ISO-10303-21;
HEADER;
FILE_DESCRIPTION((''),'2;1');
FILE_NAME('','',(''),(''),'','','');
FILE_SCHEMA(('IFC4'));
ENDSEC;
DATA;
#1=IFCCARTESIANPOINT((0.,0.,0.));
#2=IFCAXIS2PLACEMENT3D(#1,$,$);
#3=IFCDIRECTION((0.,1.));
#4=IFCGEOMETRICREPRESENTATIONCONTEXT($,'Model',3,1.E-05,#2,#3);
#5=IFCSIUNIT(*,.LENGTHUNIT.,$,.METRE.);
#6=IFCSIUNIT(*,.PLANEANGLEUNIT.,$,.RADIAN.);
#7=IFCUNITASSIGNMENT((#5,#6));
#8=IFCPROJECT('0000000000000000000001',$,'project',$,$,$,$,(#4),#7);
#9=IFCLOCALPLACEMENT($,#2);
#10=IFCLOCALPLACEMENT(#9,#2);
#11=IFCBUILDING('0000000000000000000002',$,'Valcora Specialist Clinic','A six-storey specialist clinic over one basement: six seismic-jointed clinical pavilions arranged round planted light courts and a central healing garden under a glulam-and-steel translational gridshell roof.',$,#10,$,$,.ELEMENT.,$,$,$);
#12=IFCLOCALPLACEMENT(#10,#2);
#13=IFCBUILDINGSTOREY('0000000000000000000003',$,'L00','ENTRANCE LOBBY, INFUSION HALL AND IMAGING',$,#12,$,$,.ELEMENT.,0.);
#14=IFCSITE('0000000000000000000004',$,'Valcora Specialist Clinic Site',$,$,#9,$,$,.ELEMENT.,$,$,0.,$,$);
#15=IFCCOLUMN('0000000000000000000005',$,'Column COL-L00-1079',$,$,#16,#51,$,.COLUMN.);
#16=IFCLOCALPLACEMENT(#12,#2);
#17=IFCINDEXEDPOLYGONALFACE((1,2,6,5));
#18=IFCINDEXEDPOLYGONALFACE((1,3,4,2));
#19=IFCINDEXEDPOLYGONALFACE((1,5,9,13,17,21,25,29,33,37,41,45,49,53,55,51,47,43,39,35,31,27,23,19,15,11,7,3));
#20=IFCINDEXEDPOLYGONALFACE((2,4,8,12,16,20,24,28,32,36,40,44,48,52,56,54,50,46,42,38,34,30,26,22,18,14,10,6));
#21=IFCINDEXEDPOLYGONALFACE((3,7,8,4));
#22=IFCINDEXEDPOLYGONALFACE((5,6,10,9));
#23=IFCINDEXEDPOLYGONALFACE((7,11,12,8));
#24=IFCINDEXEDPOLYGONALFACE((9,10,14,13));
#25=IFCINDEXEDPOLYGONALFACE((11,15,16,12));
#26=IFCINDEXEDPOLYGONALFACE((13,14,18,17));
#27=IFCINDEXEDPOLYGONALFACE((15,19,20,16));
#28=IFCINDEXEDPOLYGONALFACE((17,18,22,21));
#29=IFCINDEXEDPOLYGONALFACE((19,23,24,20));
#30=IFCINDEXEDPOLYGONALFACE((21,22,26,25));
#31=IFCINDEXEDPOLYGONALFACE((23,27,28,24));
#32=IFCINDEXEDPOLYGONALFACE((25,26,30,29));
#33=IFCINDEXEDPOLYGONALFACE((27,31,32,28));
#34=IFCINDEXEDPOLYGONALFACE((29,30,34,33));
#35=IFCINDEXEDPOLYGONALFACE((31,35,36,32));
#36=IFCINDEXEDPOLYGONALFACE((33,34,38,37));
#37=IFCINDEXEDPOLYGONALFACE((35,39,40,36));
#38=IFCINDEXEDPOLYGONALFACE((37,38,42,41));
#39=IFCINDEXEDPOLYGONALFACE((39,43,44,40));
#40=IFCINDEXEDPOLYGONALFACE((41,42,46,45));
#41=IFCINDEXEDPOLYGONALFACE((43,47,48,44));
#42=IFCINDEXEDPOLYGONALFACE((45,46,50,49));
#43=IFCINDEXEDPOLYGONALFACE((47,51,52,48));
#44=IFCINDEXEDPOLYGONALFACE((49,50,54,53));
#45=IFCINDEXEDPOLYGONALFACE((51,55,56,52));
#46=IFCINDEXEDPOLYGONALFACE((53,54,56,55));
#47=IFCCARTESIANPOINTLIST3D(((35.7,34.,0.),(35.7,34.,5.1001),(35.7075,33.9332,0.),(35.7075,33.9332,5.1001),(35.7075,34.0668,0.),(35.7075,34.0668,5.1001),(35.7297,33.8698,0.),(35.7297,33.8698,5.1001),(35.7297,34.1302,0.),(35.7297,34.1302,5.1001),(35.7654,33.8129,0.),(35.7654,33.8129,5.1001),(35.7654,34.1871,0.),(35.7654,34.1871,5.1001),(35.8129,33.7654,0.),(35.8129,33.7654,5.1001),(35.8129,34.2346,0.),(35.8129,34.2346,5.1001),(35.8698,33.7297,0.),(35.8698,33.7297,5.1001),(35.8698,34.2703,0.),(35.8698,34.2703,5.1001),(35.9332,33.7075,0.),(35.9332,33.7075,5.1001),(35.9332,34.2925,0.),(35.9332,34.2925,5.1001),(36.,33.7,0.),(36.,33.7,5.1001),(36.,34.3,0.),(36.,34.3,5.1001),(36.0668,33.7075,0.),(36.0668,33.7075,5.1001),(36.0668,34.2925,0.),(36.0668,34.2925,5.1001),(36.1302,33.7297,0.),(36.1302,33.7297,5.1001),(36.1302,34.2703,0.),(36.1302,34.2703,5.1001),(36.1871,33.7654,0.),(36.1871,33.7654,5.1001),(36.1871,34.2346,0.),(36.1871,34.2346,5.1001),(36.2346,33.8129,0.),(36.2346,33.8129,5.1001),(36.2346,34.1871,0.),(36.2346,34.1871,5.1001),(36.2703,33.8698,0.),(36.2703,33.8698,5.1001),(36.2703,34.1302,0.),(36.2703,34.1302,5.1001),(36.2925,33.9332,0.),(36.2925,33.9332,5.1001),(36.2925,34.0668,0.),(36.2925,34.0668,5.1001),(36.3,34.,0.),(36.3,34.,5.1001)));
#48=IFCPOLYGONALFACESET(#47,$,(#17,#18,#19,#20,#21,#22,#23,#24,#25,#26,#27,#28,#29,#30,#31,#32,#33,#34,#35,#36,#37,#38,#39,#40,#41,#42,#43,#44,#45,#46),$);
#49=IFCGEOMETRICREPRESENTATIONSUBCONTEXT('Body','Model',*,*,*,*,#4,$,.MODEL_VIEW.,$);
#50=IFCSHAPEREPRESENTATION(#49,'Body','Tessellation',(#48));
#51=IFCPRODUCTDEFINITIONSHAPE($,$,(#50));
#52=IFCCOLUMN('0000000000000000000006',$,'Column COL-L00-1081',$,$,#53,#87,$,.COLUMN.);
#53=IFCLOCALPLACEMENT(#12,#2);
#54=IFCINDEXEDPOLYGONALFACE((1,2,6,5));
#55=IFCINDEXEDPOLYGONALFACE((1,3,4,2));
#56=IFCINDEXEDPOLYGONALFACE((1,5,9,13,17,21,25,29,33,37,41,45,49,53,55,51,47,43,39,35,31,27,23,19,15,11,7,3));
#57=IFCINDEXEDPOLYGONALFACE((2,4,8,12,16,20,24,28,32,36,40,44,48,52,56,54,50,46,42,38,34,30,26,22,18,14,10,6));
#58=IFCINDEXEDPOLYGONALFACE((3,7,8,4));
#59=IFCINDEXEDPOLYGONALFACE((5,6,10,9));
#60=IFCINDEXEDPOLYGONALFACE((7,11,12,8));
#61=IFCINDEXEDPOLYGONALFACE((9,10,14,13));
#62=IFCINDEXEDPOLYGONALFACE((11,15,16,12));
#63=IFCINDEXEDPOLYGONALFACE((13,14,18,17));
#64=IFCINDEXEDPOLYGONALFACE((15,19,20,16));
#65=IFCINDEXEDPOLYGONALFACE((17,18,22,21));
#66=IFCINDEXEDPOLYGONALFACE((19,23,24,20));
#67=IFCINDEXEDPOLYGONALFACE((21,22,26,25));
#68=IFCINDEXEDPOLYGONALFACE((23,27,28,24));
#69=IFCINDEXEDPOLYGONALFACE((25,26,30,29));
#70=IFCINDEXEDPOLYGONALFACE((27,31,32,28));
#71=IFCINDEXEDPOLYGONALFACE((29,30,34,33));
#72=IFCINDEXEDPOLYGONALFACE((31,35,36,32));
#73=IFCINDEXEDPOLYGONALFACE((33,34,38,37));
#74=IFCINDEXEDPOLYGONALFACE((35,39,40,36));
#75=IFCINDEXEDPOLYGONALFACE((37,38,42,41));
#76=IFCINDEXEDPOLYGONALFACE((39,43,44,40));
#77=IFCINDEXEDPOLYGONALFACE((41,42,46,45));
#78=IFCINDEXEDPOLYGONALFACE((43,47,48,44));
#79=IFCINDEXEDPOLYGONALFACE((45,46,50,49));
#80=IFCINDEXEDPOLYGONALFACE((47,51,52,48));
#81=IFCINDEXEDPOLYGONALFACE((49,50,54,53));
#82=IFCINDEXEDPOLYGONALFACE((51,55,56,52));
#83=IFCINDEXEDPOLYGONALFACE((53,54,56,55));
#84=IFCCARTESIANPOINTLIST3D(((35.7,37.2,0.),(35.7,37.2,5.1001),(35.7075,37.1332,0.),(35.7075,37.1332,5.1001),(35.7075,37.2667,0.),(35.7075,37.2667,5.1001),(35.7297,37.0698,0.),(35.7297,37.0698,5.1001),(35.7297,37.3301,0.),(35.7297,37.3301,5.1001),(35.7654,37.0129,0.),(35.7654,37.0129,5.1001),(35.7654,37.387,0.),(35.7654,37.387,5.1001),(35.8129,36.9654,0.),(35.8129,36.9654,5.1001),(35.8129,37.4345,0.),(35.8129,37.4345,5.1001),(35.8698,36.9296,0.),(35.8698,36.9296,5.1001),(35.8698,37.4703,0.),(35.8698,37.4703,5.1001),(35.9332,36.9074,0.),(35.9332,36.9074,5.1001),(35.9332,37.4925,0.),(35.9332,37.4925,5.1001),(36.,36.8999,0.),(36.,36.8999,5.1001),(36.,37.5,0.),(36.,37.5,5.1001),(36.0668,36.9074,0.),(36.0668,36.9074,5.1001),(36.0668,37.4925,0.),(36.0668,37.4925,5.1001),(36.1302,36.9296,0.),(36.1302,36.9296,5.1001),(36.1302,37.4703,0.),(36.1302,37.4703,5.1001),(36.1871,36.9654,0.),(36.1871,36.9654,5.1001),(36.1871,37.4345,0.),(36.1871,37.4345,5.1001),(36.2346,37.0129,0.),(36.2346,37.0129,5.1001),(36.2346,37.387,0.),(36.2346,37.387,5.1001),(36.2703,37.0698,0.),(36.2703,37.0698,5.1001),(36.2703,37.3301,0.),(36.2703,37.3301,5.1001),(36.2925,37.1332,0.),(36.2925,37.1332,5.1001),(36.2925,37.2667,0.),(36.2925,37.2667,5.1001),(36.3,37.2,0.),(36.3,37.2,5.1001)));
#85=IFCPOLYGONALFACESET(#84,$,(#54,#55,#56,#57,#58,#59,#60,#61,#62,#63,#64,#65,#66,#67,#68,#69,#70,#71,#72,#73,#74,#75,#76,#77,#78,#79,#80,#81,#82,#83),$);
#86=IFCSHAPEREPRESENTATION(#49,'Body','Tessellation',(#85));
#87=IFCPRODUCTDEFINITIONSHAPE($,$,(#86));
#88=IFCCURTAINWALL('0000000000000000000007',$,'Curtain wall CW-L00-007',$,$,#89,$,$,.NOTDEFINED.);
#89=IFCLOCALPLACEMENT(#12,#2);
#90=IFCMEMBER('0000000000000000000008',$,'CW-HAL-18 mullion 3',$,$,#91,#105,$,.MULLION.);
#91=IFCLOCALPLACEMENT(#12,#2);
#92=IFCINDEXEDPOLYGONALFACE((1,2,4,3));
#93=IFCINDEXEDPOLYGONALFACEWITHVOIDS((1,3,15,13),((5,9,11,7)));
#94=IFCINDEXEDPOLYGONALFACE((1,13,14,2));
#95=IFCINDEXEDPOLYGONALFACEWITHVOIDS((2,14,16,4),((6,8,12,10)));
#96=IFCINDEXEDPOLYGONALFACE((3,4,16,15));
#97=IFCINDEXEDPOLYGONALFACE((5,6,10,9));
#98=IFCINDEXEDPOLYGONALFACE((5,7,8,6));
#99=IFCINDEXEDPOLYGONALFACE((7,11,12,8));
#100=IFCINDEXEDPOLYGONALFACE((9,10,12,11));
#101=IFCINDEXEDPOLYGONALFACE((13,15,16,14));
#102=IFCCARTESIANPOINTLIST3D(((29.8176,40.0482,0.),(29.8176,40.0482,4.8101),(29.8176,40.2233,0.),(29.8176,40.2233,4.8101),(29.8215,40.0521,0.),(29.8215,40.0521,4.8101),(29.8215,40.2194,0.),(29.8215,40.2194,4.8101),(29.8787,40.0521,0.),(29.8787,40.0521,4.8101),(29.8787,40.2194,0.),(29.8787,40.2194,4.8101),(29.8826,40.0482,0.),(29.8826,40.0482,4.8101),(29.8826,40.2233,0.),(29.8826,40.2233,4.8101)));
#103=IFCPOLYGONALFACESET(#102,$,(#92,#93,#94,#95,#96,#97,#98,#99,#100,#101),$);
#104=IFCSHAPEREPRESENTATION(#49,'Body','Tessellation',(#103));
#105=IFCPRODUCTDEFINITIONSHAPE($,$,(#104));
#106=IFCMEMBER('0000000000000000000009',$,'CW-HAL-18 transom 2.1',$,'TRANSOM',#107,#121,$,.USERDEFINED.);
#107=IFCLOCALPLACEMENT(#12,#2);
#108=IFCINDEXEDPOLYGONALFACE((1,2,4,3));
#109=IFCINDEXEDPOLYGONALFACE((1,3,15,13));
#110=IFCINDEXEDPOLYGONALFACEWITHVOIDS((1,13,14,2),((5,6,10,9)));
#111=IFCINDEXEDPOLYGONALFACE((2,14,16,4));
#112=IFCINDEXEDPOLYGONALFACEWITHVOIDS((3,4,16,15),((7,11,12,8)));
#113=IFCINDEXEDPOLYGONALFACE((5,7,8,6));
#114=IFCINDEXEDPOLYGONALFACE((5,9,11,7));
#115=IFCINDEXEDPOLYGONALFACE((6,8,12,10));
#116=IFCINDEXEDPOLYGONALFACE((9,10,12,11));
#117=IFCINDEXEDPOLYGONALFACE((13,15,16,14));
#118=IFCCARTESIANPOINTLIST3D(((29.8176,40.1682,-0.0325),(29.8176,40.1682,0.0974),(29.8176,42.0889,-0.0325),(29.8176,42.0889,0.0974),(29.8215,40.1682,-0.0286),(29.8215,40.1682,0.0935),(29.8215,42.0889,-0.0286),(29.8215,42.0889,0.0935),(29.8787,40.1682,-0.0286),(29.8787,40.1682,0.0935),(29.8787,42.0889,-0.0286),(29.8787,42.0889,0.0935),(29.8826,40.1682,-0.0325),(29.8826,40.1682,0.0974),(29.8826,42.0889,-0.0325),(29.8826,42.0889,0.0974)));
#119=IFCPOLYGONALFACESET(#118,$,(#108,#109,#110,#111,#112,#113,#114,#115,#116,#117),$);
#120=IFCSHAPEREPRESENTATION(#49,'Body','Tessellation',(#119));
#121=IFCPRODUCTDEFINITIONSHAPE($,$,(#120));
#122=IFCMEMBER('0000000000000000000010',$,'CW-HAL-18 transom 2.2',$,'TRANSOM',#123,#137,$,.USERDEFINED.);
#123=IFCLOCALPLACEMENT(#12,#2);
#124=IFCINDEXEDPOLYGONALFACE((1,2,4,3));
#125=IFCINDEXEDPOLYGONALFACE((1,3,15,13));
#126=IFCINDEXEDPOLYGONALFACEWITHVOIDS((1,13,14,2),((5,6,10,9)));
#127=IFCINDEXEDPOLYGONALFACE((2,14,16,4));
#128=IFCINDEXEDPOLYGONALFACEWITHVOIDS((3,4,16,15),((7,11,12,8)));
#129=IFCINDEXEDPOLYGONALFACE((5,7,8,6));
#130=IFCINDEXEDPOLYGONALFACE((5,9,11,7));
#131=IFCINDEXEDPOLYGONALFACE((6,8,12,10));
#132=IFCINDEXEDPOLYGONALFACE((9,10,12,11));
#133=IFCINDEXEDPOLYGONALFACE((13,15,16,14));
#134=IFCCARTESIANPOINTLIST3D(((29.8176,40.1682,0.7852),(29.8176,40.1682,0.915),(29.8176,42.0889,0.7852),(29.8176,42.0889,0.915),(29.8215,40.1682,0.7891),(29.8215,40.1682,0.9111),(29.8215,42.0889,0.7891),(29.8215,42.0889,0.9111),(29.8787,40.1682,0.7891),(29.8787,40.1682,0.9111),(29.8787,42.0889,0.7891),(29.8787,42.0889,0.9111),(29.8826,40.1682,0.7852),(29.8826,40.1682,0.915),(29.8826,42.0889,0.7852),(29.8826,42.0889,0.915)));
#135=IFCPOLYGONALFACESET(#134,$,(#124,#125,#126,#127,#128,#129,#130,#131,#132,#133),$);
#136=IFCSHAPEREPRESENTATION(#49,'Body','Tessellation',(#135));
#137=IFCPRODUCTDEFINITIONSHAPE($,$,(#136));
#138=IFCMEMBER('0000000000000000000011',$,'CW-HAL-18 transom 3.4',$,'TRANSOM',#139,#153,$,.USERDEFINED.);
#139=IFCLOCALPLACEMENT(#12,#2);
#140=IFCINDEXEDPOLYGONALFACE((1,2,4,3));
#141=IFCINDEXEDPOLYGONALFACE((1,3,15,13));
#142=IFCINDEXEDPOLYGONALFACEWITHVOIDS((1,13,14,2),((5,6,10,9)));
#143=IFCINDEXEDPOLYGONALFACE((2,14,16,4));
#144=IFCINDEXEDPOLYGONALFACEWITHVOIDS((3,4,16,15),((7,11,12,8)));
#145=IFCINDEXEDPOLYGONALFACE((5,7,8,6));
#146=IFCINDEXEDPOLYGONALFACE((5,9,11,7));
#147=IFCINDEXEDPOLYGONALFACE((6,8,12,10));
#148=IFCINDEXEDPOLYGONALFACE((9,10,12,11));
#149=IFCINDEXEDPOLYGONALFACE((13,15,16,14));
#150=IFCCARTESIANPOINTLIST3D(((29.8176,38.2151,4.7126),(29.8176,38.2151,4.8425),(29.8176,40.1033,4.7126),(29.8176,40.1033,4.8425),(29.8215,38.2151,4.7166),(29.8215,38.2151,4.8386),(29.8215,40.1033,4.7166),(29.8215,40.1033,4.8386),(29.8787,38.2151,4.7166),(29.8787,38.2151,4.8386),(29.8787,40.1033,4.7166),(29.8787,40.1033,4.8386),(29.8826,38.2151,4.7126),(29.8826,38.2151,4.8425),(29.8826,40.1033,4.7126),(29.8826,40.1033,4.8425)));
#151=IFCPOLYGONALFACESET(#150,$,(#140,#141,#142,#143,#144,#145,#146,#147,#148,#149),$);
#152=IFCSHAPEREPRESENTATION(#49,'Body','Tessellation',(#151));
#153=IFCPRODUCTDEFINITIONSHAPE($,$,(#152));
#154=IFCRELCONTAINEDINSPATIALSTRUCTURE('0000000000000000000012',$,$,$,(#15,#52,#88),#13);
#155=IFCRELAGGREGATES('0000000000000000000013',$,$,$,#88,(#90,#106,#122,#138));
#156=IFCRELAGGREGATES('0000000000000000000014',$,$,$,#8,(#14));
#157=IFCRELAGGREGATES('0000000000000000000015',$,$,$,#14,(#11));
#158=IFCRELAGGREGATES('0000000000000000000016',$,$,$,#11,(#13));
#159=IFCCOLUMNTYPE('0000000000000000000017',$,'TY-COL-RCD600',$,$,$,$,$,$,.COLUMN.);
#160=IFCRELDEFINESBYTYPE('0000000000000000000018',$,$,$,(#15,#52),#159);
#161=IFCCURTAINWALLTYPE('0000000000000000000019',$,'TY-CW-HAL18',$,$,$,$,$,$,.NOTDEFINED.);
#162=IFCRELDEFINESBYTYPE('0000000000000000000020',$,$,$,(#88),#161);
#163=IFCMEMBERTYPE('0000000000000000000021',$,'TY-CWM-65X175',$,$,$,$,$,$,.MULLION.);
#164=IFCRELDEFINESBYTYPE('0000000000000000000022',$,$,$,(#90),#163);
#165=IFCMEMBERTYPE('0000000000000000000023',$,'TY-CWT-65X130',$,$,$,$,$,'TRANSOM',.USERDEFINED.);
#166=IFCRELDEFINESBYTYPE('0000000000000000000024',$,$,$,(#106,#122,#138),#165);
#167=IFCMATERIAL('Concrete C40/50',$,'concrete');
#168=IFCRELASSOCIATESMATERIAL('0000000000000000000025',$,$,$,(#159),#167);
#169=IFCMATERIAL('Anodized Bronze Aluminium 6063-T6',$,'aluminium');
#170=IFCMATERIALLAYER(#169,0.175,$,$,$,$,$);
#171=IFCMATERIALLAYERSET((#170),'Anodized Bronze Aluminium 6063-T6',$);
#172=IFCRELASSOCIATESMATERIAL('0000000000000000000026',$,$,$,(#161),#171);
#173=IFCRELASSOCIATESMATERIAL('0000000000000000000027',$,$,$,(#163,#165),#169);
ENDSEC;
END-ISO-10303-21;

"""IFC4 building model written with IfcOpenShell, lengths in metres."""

from ifc_helpers import new_model, si_unit, direction, frame, origin, origin_2d, place, context, subcontext, project, spatial, hollow_rectangle, circle, extrude, material, layer, layer_set, material_profile, profile_set, type_object, element, aggregate, save


model = new_model("IFC4")

# Units and contexts
model_context = context("Model", 3, precision=1e-05, world=origin(), true_north=direction((0.0, 1.0)))
body_context = subcontext(model_context, "Body", "Model", "MODEL_VIEW")
ifc_project = project(units=[si_unit("LENGTHUNIT", "METRE"), si_unit("PLANEANGLEUNIT", "RADIAN")], contexts=[model_context])

# Site, building, storey
site_placement = place(None, origin())
site = spatial("IfcSite", under=ifc_project, at=site_placement, Name="Valcora Specialist Clinic Site", CompositionType="ELEMENT", RefElevation=0.0)
building_placement = place(site_placement, origin())
building = spatial("IfcBuilding", under=site, at=building_placement, Name="Valcora Specialist Clinic", Description="A six-storey specialist clinic over one basement: six seismic-jointed clinical pavilions arranged round planted light courts and a central healing garden under a glulam-and-steel translational gridshell roof.", CompositionType="ELEMENT")
storey_placement = place(building_placement, origin())
storey = spatial("IfcBuildingStorey", under=building, at=storey_placement, Name="L00", Description="ENTRANCE LOBBY, INFUSION HALL AND IMAGING", CompositionType="ELEMENT", Elevation=0.0)

# Columns
ifc_material_1 = material(Name="Concrete C40/50", Category="concrete")
ifc_material_profile_1 = material_profile(ifc_material_1, circle(Radius=0.3, at=origin_2d()), Name="RC-COL-D600")
ifc_profile_set_1 = profile_set([ifc_material_profile_1], Name="Concrete C40/50")
column_type = type_object("IfcColumnType", Name="TY-COL-RCD600", PredefinedType="COLUMN", material=ifc_profile_set_1)
for number, where, z_axis, x_axis, name in (
    (1, (36.0, 34.0, 0.0), (0.0, 0.0, 1.0), (1.0, 0.0, 0.0), "Column COL-L00-1079"),
    (2, (36.0, 37.2, 0.0), (0.0, 0.0, 1.0), (1.0, 0.0, 0.0), "Column COL-L00-1081"),
):
    element("IfcColumn", number, at=place(storey_placement, frame(where, z_axis=z_axis, x_axis=x_axis)), inside=storey, type_object=column_type, Name=name, PredefinedType="COLUMN", context=body_context, shape_type="SweptSolid", body=[
        extrude(circle(Radius=0.3, at=origin_2d()), origin(), (0.0, 0.0, 1.0), 5.1001),
    ])

# Curtain wall, members
ifc_material_2 = material(Name="Anodized Bronze Aluminium 6063-T6", Category="aluminium")
ifc_layer_1 = layer(ifc_material_2, 0.175)
ifc_layer_set_1 = layer_set([ifc_layer_1], Name="Anodized Bronze Aluminium 6063-T6")
curtain_wall_type = type_object("IfcCurtainWallType", Name="TY-CW-HAL18", PredefinedType="NOTDEFINED", material=ifc_layer_set_1)
curtain_wall_placement = place(storey_placement, origin())
curtain_wall = element("IfcCurtainWall", 3, at=curtain_wall_placement, inside=storey, type_object=curtain_wall_type, Name="Curtain wall CW-L00-007", PredefinedType="NOTDEFINED")
ifc_material_profile_2 = material_profile(ifc_material_2, hollow_rectangle(XDim=0.0649, YDim=0.175, WallThickness=0.0039, at=origin_2d()), Name="AL-MUL-65X175")
ifc_profile_set_2 = profile_set([ifc_material_profile_2], Name="Anodized Bronze Aluminium 6063-T6")
member_type_1 = type_object("IfcMemberType", Name="TY-CWM-65X175", PredefinedType="MULLION", material=ifc_profile_set_2)
member_1_placement = place(storey_placement, frame((29.8501, 40.1357, 0.0), z_axis=(0.0, 0.0, 1.0), x_axis=(1.0, 0.0, 0.0)))
member_1 = element("IfcMember", 4, at=member_1_placement, type_object=member_type_1, Name="CW-HAL-18 mullion 3", PredefinedType="MULLION", context=body_context, shape_type="SweptSolid", body=[
    extrude(hollow_rectangle(XDim=0.0649, YDim=0.175, WallThickness=0.0039, at=origin_2d()), origin(), (0.0, 0.0, 1.0), 4.8101),
])
ifc_material_profile_3 = material_profile(ifc_material_2, hollow_rectangle(XDim=0.0649, YDim=0.1299, WallThickness=0.0039, at=origin_2d()), Name="AL-TRN-65X130")
ifc_profile_set_3 = profile_set([ifc_material_profile_3], Name="Anodized Bronze Aluminium 6063-T6")
member_type_2 = type_object("IfcMemberType", Name="TY-CWT-65X130", ElementType="TRANSOM", PredefinedType="USERDEFINED", material=ifc_profile_set_3)
member_2_placement = place(storey_placement, frame((29.8501, 42.0889, 0.0325), z_axis=(0.0, -1.0, 0.0), x_axis=(1.0, 0.0, 0.0)))
member_2 = element("IfcMember", 5, at=member_2_placement, type_object=member_type_2, Name="CW-HAL-18 transom 2.1", ObjectType="TRANSOM", PredefinedType="USERDEFINED", context=body_context, shape_type="SweptSolid", body=[
    extrude(hollow_rectangle(XDim=0.0649, YDim=0.1299, WallThickness=0.0039, at=origin_2d()), origin(), (0.0, 0.0, 1.0), 1.9207),
])
member_3_placement = place(storey_placement, frame((29.8501, 42.0889, 0.8501), z_axis=(0.0, -1.0, 0.0), x_axis=(1.0, 0.0, 0.0)))
member_3 = element("IfcMember", 6, at=member_3_placement, type_object=member_type_2, Name="CW-HAL-18 transom 2.2", ObjectType="TRANSOM", PredefinedType="USERDEFINED", context=body_context, shape_type="SweptSolid", body=[
    extrude(hollow_rectangle(XDim=0.0649, YDim=0.1299, WallThickness=0.0039, at=origin_2d()), origin(), (0.0, 0.0, 1.0), 1.9207),
])
member_4_placement = place(storey_placement, frame((29.8501, 40.1033, 4.7776), z_axis=(0.0, -1.0, 0.0), x_axis=(1.0, 0.0, 0.0)))
member_4 = element("IfcMember", 7, at=member_4_placement, type_object=member_type_2, Name="CW-HAL-18 transom 3.4", ObjectType="TRANSOM", PredefinedType="USERDEFINED", context=body_context, shape_type="SweptSolid", body=[
    extrude(hollow_rectangle(XDim=0.0649, YDim=0.1299, WallThickness=0.0039, at=origin_2d()), origin(), (0.0, 0.0, 1.0), 1.8882),
])

aggregate(curtain_wall, [member_1, member_2, member_3, member_4])

save(model, "model.ifc")
